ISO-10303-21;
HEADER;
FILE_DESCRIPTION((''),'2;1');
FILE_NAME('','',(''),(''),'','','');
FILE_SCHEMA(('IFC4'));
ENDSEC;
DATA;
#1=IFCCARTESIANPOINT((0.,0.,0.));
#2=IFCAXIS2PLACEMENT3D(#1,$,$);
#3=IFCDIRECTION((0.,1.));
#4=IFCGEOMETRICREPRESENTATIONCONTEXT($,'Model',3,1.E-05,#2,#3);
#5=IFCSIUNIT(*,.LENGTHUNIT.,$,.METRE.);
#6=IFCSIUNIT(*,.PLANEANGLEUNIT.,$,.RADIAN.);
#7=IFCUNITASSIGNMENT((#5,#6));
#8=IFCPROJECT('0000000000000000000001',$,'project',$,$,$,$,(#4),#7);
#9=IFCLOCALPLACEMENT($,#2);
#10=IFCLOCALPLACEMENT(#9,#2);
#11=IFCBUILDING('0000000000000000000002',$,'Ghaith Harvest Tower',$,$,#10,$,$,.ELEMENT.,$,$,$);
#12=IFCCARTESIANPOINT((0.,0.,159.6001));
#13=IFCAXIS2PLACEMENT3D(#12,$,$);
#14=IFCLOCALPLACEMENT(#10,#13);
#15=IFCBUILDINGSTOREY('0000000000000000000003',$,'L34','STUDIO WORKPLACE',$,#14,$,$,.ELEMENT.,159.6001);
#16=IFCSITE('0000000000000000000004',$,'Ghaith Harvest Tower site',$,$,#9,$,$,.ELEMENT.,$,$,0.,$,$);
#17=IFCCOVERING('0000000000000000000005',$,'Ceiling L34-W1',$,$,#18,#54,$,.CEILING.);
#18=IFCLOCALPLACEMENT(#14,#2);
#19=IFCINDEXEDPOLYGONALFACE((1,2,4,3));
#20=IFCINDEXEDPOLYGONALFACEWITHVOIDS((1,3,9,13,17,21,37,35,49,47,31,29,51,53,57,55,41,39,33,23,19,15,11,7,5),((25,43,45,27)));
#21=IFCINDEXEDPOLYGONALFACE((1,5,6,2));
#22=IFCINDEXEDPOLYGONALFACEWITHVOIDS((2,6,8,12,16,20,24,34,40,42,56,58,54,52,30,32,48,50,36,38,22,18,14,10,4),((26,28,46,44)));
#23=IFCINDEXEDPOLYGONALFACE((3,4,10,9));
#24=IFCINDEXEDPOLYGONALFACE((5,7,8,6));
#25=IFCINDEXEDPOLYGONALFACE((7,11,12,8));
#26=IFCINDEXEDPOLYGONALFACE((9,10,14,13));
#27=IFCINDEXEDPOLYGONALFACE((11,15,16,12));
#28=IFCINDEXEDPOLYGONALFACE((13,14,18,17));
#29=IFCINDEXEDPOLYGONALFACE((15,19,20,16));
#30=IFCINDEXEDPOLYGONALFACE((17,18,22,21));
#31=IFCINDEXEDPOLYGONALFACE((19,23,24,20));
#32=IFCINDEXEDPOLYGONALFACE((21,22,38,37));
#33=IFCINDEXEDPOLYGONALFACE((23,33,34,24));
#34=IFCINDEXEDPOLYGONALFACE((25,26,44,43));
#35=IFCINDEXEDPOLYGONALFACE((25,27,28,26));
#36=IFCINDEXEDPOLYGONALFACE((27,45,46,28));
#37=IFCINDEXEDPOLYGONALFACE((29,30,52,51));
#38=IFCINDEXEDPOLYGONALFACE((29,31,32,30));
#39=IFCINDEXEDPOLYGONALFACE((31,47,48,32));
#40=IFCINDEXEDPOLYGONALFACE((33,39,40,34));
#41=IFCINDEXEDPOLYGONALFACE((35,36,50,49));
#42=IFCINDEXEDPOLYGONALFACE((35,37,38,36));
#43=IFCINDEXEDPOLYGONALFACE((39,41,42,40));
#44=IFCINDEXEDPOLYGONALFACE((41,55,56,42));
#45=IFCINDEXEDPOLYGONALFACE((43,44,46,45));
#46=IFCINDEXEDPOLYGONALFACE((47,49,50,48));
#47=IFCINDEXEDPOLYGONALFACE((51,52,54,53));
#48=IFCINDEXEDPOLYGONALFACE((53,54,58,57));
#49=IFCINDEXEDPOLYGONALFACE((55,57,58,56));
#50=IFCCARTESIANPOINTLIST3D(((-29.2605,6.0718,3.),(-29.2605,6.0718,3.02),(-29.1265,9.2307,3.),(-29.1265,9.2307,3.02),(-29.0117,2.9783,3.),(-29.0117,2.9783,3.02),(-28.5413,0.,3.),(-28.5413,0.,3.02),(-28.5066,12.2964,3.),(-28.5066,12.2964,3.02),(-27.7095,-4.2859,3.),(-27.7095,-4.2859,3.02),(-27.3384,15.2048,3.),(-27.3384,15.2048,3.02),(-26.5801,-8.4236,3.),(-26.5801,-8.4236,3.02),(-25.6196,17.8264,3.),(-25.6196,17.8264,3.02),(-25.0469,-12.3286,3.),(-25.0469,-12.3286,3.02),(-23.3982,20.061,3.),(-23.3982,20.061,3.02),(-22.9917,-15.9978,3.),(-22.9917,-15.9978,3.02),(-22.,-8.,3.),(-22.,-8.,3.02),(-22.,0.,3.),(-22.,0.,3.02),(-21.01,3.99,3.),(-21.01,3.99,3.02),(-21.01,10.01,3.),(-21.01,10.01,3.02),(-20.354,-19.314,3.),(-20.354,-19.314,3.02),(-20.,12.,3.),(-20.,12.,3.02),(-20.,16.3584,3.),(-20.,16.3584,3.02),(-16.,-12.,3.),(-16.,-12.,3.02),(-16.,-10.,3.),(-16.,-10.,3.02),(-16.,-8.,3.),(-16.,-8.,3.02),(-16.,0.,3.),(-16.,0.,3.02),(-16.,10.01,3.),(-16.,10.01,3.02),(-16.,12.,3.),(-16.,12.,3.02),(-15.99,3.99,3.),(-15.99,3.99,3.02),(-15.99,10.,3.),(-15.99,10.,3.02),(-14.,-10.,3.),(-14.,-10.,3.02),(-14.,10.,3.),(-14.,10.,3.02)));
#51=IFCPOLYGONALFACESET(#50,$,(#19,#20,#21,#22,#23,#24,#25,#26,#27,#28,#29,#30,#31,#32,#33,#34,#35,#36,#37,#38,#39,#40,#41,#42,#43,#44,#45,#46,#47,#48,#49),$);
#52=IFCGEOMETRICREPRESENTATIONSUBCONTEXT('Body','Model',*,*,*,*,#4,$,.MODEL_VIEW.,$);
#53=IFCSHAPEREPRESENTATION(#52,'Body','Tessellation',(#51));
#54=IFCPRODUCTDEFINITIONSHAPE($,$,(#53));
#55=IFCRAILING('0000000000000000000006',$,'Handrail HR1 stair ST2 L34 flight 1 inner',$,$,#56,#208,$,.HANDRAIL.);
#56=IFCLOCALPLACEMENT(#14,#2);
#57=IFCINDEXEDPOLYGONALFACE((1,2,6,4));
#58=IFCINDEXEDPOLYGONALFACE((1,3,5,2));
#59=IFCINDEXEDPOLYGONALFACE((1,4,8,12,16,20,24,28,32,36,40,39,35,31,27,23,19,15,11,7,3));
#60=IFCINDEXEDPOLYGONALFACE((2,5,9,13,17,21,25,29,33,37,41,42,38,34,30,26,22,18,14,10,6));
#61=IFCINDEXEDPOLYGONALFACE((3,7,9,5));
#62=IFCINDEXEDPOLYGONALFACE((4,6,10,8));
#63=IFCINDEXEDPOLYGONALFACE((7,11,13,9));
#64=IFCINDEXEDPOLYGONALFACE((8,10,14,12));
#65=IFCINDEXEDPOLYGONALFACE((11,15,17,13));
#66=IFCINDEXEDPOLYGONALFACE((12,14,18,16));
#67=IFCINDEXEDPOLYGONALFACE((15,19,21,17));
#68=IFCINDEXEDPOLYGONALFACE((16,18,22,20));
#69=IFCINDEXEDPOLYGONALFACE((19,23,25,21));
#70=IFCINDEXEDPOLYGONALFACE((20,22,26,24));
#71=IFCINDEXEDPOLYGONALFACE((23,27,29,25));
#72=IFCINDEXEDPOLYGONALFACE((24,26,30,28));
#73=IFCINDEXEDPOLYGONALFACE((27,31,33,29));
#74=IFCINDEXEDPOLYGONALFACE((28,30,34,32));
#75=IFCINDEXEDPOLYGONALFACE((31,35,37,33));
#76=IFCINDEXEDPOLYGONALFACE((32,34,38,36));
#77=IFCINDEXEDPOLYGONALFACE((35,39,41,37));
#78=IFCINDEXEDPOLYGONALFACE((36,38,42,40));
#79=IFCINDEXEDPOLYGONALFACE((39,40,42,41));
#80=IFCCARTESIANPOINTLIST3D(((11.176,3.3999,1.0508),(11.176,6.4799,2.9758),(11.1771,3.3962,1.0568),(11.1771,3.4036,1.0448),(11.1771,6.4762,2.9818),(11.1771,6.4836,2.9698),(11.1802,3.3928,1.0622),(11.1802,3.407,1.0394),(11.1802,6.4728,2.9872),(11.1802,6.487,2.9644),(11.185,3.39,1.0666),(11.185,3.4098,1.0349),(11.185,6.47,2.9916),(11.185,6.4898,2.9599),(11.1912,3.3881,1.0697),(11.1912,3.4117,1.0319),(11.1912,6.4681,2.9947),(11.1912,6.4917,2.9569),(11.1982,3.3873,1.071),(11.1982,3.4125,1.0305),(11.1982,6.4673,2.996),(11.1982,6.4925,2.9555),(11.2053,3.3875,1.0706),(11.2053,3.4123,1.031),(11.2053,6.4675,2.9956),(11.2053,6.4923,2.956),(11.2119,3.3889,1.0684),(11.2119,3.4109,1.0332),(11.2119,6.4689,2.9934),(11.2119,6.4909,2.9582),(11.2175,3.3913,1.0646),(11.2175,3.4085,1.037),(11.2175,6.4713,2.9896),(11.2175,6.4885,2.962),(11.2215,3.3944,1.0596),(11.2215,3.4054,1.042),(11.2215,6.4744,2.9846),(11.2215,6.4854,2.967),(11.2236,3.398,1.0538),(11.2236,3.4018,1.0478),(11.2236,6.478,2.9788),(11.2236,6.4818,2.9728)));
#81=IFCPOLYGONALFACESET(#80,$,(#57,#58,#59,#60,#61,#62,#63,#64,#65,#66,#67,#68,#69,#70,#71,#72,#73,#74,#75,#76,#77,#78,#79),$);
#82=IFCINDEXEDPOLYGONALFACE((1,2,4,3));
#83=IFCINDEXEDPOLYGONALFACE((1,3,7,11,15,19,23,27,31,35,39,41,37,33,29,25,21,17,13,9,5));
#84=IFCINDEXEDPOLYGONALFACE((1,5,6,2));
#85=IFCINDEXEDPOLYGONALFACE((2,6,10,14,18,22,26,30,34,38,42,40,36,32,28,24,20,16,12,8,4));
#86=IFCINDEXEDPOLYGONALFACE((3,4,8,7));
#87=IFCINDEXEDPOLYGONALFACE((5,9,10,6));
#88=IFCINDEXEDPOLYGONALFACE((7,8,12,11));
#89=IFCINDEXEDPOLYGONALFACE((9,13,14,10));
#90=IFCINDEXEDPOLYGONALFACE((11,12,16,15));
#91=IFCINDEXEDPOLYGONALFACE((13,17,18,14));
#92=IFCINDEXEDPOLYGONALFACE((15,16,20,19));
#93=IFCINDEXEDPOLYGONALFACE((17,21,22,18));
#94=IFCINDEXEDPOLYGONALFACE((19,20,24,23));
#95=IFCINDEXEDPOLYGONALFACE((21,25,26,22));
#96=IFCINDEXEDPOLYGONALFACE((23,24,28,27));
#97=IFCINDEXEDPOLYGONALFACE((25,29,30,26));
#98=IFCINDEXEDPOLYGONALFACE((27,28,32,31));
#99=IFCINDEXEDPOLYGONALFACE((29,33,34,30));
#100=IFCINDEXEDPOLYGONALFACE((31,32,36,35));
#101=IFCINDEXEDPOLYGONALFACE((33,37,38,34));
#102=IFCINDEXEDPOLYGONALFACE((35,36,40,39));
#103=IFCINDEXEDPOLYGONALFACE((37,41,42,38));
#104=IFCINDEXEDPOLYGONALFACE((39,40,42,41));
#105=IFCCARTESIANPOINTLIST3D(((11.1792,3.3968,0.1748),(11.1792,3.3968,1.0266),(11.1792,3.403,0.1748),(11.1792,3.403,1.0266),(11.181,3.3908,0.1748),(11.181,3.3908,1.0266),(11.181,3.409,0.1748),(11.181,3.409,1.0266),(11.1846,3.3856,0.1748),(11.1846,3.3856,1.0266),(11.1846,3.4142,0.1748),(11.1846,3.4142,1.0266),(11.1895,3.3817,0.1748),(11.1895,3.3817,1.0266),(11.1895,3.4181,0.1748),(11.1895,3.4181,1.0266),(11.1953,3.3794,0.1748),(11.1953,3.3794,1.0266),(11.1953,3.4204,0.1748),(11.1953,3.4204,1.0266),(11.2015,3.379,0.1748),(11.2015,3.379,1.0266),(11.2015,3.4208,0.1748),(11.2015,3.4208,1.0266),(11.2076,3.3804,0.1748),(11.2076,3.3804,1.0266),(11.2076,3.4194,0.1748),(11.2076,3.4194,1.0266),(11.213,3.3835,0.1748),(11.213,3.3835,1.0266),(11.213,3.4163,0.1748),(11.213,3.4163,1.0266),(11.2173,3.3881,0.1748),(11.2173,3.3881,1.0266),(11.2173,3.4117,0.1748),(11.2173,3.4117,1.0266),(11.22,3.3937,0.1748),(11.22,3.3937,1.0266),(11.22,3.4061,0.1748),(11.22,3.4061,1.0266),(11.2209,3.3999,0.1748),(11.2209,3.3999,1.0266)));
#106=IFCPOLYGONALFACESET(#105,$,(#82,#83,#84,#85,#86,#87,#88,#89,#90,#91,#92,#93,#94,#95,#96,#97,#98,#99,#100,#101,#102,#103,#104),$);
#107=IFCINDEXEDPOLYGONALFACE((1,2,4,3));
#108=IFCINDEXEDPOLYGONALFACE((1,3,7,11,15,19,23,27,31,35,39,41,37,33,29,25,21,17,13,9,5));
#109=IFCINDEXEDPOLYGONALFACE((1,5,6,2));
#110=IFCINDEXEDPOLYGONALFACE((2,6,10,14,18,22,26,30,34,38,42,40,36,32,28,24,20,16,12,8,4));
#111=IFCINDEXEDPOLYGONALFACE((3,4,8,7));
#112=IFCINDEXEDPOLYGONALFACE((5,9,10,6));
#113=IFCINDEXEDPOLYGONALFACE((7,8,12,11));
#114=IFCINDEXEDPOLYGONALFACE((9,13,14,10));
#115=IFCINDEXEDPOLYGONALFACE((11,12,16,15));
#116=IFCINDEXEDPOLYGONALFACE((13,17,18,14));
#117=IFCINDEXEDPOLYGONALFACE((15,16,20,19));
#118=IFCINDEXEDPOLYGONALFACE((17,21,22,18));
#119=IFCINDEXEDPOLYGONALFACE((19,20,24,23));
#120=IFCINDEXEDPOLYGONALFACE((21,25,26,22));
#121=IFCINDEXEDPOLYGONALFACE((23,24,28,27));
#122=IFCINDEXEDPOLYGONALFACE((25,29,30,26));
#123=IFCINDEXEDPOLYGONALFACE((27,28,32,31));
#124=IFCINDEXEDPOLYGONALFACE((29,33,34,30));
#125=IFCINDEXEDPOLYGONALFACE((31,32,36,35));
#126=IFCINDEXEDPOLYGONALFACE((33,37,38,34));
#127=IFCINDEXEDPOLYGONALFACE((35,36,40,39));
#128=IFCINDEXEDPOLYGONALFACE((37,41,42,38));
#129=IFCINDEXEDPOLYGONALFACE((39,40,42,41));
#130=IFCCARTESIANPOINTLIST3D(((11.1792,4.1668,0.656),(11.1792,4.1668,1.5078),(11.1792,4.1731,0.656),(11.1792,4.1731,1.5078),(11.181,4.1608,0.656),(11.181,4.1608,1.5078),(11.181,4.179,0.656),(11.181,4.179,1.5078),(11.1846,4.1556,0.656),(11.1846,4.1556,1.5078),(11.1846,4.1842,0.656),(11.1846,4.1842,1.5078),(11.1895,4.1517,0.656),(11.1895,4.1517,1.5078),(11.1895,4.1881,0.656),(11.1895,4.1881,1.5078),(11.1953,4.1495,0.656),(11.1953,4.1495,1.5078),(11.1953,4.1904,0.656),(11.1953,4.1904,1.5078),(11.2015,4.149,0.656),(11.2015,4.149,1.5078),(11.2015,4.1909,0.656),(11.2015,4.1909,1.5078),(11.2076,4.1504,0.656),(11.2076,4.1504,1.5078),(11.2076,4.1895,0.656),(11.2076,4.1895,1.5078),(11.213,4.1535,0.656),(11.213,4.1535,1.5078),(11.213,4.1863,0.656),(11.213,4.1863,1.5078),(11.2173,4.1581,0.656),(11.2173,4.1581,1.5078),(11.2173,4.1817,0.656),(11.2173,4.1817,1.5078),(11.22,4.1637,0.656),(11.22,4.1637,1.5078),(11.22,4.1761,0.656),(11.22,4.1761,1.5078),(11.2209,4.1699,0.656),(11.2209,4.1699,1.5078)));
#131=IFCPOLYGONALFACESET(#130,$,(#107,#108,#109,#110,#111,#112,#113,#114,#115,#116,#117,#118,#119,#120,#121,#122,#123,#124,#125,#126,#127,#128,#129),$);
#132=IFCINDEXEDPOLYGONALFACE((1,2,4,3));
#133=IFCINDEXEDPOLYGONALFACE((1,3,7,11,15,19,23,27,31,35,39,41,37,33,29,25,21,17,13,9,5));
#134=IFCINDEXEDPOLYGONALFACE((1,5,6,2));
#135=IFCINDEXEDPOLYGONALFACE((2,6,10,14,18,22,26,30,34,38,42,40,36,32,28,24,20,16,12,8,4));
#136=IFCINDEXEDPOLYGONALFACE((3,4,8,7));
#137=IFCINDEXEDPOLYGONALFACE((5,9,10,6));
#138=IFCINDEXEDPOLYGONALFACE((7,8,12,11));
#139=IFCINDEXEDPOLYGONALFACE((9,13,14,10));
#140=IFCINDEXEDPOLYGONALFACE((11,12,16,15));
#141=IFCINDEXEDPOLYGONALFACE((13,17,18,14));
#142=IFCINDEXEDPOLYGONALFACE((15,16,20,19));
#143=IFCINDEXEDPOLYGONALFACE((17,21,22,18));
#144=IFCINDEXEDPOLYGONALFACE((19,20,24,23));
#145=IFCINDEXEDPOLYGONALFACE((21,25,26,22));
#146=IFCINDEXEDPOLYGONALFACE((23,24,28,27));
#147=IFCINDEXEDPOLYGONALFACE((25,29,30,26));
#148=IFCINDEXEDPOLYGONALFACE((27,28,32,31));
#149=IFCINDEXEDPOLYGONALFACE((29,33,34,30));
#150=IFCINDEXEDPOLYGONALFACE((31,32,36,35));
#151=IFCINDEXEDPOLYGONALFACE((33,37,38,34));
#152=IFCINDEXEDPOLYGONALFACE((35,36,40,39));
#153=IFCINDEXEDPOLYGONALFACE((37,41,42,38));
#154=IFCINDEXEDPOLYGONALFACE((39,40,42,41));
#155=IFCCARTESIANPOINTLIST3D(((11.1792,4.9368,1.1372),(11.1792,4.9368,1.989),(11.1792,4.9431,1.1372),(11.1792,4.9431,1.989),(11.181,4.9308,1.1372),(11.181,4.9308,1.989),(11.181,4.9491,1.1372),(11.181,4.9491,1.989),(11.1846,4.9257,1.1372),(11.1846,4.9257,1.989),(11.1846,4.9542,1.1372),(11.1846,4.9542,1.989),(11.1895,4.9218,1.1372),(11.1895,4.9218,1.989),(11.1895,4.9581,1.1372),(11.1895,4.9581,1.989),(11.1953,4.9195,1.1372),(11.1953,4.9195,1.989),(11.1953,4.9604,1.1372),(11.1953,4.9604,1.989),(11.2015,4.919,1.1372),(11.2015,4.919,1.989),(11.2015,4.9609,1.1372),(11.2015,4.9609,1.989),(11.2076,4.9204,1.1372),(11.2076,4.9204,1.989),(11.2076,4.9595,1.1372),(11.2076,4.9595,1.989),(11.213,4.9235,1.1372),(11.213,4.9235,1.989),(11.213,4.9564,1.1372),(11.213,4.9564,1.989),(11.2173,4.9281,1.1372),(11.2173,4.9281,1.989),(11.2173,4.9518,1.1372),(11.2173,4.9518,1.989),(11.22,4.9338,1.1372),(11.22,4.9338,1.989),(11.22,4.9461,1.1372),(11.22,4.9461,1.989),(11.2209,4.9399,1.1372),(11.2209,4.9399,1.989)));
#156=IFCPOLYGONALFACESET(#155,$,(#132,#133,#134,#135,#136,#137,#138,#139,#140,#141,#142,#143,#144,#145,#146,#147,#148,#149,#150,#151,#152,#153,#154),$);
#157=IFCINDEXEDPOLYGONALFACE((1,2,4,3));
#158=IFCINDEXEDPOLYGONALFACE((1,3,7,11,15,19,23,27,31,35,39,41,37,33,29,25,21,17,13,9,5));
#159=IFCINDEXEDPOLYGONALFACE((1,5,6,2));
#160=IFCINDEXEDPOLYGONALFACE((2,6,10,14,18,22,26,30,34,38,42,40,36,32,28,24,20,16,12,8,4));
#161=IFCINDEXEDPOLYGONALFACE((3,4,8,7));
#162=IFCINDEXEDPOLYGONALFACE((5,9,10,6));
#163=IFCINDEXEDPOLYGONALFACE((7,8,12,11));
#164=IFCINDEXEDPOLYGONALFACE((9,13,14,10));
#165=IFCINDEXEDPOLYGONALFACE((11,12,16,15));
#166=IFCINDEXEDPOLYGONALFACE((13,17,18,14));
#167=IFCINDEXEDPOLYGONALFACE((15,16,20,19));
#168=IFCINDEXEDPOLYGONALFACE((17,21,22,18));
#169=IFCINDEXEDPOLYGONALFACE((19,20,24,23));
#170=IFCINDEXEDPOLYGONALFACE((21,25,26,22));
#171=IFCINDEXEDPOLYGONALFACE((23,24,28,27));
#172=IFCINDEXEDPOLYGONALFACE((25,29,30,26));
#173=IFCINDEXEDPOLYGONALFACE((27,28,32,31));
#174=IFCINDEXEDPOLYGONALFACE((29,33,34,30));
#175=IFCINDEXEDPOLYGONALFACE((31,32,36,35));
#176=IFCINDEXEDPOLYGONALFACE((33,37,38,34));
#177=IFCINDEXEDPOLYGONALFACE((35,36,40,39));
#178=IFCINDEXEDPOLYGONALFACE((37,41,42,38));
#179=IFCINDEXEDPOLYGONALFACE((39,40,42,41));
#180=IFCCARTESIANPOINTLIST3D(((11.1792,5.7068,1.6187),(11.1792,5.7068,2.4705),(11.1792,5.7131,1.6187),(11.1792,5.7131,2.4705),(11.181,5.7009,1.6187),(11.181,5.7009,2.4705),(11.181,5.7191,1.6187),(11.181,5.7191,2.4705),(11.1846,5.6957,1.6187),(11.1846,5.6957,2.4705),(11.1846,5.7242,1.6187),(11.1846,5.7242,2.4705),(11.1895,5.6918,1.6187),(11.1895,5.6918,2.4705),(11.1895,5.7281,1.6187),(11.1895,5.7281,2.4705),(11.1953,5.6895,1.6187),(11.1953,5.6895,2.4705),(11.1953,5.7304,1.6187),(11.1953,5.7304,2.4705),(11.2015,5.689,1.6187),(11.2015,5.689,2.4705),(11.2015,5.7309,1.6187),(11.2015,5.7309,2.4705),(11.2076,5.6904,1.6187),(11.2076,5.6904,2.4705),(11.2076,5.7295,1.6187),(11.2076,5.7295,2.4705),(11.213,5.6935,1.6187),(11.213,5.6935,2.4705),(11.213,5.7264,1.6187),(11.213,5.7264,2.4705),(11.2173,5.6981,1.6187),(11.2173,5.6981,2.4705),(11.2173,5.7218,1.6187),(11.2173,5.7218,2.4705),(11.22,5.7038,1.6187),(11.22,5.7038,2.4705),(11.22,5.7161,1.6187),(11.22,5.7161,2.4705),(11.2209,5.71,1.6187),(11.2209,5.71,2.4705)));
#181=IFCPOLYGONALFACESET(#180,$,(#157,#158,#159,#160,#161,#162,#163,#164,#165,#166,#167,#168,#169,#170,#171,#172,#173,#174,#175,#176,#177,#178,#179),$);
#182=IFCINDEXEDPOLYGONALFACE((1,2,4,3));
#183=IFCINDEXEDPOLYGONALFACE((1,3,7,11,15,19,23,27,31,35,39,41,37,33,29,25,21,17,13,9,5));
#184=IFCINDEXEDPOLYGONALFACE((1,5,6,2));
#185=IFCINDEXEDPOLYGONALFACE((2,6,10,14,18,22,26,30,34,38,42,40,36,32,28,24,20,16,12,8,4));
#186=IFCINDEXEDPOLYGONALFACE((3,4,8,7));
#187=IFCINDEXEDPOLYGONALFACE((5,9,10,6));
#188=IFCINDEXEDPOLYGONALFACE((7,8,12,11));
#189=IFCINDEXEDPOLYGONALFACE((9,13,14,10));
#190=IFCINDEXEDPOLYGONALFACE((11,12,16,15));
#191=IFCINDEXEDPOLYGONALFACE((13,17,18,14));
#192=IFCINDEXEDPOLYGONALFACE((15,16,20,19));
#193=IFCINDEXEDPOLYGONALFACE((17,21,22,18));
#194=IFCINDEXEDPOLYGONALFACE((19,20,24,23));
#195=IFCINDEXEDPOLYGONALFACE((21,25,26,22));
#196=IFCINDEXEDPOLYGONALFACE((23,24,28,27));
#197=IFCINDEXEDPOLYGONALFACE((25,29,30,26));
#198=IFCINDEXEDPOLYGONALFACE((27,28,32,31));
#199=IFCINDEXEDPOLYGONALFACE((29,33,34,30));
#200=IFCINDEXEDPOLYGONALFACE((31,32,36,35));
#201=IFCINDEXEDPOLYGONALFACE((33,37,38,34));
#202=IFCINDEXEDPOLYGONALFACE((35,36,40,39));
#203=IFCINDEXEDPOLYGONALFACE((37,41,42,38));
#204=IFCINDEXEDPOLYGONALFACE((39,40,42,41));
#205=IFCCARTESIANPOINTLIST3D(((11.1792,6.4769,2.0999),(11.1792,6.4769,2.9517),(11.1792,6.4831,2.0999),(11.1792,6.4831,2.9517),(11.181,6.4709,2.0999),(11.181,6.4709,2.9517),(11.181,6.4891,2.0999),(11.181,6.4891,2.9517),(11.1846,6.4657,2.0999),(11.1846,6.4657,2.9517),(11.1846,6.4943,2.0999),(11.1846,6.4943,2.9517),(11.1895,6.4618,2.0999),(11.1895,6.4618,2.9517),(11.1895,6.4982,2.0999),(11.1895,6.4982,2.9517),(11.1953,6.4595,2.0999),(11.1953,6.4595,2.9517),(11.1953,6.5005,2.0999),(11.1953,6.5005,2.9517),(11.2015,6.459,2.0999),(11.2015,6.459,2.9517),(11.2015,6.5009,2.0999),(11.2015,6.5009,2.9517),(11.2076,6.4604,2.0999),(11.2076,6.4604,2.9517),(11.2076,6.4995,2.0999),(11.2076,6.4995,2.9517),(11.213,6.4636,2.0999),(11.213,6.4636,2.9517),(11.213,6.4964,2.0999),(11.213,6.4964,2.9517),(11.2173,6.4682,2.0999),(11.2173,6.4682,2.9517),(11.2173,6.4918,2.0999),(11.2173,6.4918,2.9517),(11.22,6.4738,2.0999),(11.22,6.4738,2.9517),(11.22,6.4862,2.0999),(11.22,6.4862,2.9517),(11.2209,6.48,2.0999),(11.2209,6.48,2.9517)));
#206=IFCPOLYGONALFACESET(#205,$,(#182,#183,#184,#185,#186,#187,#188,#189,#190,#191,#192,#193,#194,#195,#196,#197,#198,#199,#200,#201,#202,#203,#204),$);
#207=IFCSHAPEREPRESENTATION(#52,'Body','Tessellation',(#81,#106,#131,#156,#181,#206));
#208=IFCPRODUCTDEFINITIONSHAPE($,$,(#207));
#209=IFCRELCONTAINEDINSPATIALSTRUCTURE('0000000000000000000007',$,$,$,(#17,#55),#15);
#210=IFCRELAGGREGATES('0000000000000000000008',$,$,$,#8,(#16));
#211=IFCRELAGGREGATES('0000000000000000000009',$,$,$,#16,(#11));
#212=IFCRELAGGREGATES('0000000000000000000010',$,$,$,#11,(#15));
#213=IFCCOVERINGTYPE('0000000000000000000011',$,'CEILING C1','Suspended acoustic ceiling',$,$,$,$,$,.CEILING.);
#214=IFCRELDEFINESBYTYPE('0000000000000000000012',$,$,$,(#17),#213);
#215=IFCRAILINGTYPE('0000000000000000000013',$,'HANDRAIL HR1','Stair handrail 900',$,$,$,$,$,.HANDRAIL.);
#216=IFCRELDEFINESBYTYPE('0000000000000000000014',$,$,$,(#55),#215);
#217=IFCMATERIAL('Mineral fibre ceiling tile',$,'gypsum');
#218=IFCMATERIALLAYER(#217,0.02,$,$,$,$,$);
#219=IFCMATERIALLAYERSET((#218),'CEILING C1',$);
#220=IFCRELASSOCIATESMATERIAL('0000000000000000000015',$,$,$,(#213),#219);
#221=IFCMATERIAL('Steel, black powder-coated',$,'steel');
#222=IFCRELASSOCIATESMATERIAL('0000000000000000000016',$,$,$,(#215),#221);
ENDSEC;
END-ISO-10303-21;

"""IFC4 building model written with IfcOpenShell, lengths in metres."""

from ifc_helpers import new_model, si_unit, direction, frame, origin, origin_2d, place, context, subcontext, project, spatial, polyline, circle, outline, extrude, material, layer, layer_set, type_object, element, save


model = new_model("IFC4")

# Units and contexts
model_context = context("Model", 3, precision=1e-05, world=origin(), true_north=direction((0.0, 1.0)))
body_context = subcontext(model_context, "Body", "Model", "MODEL_VIEW")
ifc_project = project(units=[si_unit("LENGTHUNIT", "METRE"), si_unit("PLANEANGLEUNIT", "RADIAN")], contexts=[model_context])

# Site, building, storey
site_placement = place(None, origin())
site = spatial("IfcSite", under=ifc_project, at=site_placement, Name="Ghaith Harvest Tower site", CompositionType="ELEMENT", RefElevation=0.0)
building_placement = place(site_placement, origin())
building = spatial("IfcBuilding", under=site, at=building_placement, Name="Ghaith Harvest Tower", CompositionType="ELEMENT")
storey_placement = place(building_placement, frame((0.0, 0.0, 159.6001)))
storey = spatial("IfcBuildingStorey", under=building, at=storey_placement, Name="L34", Description="STUDIO WORKPLACE", CompositionType="ELEMENT", Elevation=159.6001)

# Covering
ifc_material_1 = material(Name="Mineral fibre ceiling tile", Category="gypsum")
ifc_layer_1 = layer(ifc_material_1, 0.02)
ifc_layer_set_1 = layer_set([ifc_layer_1], Name="CEILING C1")
covering_type = type_object("IfcCoveringType", Name="CEILING C1", Description="Suspended acoustic ceiling", PredefinedType="CEILING", material=ifc_layer_set_1)
covering_1_placement = place(storey_placement, frame((0.0, 0.0, 3.0)))
element("IfcCovering", 1, at=covering_1_placement, inside=storey, type_object=covering_type, Name="Ceiling L34-W1", PredefinedType="CEILING", context=body_context, shape_type="SweptSolid", body=[
    extrude(outline(polyline([(-27.7095, -4.2859), (-28.5413, 0.0), (-29.0117, 2.9783), (-29.2605, 6.0718), (-29.1265, 9.2307), (-28.5066, 12.2964), (-27.3384, 15.2048), (-25.6196, 17.8264), (-23.3982, 20.061), (-20.0, 16.3584), (-20.0, 12.0), (-16.0, 12.0), (-16.0, 10.01), (-21.01, 10.01), (-21.01, 3.99), (-15.99, 3.99), (-15.99, 10.0), (-14.0, 10.0), (-14.0, -10.0), (-16.0, -10.0), (-16.0, -12.0), (-20.354, -19.314), (-22.9917, -15.9978), (-25.0469, -12.3286), (-26.5801, -8.4236), (-27.7095, -4.2859)]), holes=[polyline([(-16.0, -8.0), (-16.0, 0.0), (-22.0, 0.0), (-22.0, -8.0), (-16.0, -8.0)])]), origin(), (0.0, 0.0, 1.0), 0.02),
])

# Railing
ifc_material_2 = material(Name="Steel, black powder-coated", Category="steel")
railing_type = type_object("IfcRailingType", Name="HANDRAIL HR1", Description="Stair handrail 900", PredefinedType="HANDRAIL", material=ifc_material_2)
railing_1_placement = place(storey_placement, frame((11.2, 3.3999, 0.1748)))
element("IfcRailing", 2, at=railing_1_placement, inside=storey, type_object=railing_type, Name="Handrail HR1 stair ST2 L34 flight 1 inner", PredefinedType="HANDRAIL", context=body_context, shape_type="SweptSolid", body=[
    extrude(circle(Radius=0.0239, at=origin_2d()), frame((0.0, 0.0, 0.876), z_axis=(0.0, 0.847998, 0.529999), x_axis=(-1.0, 0.0, 0.0)), (0.0, 0.0, 1.0), 3.6321),
    extrude(circle(Radius=0.021, at=origin_2d()), origin(), (0.0, 0.0, 1.0), 0.8518),
    extrude(circle(Radius=0.021, at=origin_2d()), frame((0.0, 0.77, 0.4812)), (0.0, 0.0, 1.0), 0.8518),
    extrude(circle(Radius=0.021, at=origin_2d()), frame((0.0, 1.54, 0.9624)), (0.0, 0.0, 1.0), 0.8518),
    extrude(circle(Radius=0.021, at=origin_2d()), frame((0.0, 2.3101, 1.4438)), (0.0, 0.0, 1.0), 0.8518),
    extrude(circle(Radius=0.021, at=origin_2d()), frame((0.0, 3.0801, 1.925)), (0.0, 0.0, 1.0), 0.8518),
])

save(model, "model.ifc")
